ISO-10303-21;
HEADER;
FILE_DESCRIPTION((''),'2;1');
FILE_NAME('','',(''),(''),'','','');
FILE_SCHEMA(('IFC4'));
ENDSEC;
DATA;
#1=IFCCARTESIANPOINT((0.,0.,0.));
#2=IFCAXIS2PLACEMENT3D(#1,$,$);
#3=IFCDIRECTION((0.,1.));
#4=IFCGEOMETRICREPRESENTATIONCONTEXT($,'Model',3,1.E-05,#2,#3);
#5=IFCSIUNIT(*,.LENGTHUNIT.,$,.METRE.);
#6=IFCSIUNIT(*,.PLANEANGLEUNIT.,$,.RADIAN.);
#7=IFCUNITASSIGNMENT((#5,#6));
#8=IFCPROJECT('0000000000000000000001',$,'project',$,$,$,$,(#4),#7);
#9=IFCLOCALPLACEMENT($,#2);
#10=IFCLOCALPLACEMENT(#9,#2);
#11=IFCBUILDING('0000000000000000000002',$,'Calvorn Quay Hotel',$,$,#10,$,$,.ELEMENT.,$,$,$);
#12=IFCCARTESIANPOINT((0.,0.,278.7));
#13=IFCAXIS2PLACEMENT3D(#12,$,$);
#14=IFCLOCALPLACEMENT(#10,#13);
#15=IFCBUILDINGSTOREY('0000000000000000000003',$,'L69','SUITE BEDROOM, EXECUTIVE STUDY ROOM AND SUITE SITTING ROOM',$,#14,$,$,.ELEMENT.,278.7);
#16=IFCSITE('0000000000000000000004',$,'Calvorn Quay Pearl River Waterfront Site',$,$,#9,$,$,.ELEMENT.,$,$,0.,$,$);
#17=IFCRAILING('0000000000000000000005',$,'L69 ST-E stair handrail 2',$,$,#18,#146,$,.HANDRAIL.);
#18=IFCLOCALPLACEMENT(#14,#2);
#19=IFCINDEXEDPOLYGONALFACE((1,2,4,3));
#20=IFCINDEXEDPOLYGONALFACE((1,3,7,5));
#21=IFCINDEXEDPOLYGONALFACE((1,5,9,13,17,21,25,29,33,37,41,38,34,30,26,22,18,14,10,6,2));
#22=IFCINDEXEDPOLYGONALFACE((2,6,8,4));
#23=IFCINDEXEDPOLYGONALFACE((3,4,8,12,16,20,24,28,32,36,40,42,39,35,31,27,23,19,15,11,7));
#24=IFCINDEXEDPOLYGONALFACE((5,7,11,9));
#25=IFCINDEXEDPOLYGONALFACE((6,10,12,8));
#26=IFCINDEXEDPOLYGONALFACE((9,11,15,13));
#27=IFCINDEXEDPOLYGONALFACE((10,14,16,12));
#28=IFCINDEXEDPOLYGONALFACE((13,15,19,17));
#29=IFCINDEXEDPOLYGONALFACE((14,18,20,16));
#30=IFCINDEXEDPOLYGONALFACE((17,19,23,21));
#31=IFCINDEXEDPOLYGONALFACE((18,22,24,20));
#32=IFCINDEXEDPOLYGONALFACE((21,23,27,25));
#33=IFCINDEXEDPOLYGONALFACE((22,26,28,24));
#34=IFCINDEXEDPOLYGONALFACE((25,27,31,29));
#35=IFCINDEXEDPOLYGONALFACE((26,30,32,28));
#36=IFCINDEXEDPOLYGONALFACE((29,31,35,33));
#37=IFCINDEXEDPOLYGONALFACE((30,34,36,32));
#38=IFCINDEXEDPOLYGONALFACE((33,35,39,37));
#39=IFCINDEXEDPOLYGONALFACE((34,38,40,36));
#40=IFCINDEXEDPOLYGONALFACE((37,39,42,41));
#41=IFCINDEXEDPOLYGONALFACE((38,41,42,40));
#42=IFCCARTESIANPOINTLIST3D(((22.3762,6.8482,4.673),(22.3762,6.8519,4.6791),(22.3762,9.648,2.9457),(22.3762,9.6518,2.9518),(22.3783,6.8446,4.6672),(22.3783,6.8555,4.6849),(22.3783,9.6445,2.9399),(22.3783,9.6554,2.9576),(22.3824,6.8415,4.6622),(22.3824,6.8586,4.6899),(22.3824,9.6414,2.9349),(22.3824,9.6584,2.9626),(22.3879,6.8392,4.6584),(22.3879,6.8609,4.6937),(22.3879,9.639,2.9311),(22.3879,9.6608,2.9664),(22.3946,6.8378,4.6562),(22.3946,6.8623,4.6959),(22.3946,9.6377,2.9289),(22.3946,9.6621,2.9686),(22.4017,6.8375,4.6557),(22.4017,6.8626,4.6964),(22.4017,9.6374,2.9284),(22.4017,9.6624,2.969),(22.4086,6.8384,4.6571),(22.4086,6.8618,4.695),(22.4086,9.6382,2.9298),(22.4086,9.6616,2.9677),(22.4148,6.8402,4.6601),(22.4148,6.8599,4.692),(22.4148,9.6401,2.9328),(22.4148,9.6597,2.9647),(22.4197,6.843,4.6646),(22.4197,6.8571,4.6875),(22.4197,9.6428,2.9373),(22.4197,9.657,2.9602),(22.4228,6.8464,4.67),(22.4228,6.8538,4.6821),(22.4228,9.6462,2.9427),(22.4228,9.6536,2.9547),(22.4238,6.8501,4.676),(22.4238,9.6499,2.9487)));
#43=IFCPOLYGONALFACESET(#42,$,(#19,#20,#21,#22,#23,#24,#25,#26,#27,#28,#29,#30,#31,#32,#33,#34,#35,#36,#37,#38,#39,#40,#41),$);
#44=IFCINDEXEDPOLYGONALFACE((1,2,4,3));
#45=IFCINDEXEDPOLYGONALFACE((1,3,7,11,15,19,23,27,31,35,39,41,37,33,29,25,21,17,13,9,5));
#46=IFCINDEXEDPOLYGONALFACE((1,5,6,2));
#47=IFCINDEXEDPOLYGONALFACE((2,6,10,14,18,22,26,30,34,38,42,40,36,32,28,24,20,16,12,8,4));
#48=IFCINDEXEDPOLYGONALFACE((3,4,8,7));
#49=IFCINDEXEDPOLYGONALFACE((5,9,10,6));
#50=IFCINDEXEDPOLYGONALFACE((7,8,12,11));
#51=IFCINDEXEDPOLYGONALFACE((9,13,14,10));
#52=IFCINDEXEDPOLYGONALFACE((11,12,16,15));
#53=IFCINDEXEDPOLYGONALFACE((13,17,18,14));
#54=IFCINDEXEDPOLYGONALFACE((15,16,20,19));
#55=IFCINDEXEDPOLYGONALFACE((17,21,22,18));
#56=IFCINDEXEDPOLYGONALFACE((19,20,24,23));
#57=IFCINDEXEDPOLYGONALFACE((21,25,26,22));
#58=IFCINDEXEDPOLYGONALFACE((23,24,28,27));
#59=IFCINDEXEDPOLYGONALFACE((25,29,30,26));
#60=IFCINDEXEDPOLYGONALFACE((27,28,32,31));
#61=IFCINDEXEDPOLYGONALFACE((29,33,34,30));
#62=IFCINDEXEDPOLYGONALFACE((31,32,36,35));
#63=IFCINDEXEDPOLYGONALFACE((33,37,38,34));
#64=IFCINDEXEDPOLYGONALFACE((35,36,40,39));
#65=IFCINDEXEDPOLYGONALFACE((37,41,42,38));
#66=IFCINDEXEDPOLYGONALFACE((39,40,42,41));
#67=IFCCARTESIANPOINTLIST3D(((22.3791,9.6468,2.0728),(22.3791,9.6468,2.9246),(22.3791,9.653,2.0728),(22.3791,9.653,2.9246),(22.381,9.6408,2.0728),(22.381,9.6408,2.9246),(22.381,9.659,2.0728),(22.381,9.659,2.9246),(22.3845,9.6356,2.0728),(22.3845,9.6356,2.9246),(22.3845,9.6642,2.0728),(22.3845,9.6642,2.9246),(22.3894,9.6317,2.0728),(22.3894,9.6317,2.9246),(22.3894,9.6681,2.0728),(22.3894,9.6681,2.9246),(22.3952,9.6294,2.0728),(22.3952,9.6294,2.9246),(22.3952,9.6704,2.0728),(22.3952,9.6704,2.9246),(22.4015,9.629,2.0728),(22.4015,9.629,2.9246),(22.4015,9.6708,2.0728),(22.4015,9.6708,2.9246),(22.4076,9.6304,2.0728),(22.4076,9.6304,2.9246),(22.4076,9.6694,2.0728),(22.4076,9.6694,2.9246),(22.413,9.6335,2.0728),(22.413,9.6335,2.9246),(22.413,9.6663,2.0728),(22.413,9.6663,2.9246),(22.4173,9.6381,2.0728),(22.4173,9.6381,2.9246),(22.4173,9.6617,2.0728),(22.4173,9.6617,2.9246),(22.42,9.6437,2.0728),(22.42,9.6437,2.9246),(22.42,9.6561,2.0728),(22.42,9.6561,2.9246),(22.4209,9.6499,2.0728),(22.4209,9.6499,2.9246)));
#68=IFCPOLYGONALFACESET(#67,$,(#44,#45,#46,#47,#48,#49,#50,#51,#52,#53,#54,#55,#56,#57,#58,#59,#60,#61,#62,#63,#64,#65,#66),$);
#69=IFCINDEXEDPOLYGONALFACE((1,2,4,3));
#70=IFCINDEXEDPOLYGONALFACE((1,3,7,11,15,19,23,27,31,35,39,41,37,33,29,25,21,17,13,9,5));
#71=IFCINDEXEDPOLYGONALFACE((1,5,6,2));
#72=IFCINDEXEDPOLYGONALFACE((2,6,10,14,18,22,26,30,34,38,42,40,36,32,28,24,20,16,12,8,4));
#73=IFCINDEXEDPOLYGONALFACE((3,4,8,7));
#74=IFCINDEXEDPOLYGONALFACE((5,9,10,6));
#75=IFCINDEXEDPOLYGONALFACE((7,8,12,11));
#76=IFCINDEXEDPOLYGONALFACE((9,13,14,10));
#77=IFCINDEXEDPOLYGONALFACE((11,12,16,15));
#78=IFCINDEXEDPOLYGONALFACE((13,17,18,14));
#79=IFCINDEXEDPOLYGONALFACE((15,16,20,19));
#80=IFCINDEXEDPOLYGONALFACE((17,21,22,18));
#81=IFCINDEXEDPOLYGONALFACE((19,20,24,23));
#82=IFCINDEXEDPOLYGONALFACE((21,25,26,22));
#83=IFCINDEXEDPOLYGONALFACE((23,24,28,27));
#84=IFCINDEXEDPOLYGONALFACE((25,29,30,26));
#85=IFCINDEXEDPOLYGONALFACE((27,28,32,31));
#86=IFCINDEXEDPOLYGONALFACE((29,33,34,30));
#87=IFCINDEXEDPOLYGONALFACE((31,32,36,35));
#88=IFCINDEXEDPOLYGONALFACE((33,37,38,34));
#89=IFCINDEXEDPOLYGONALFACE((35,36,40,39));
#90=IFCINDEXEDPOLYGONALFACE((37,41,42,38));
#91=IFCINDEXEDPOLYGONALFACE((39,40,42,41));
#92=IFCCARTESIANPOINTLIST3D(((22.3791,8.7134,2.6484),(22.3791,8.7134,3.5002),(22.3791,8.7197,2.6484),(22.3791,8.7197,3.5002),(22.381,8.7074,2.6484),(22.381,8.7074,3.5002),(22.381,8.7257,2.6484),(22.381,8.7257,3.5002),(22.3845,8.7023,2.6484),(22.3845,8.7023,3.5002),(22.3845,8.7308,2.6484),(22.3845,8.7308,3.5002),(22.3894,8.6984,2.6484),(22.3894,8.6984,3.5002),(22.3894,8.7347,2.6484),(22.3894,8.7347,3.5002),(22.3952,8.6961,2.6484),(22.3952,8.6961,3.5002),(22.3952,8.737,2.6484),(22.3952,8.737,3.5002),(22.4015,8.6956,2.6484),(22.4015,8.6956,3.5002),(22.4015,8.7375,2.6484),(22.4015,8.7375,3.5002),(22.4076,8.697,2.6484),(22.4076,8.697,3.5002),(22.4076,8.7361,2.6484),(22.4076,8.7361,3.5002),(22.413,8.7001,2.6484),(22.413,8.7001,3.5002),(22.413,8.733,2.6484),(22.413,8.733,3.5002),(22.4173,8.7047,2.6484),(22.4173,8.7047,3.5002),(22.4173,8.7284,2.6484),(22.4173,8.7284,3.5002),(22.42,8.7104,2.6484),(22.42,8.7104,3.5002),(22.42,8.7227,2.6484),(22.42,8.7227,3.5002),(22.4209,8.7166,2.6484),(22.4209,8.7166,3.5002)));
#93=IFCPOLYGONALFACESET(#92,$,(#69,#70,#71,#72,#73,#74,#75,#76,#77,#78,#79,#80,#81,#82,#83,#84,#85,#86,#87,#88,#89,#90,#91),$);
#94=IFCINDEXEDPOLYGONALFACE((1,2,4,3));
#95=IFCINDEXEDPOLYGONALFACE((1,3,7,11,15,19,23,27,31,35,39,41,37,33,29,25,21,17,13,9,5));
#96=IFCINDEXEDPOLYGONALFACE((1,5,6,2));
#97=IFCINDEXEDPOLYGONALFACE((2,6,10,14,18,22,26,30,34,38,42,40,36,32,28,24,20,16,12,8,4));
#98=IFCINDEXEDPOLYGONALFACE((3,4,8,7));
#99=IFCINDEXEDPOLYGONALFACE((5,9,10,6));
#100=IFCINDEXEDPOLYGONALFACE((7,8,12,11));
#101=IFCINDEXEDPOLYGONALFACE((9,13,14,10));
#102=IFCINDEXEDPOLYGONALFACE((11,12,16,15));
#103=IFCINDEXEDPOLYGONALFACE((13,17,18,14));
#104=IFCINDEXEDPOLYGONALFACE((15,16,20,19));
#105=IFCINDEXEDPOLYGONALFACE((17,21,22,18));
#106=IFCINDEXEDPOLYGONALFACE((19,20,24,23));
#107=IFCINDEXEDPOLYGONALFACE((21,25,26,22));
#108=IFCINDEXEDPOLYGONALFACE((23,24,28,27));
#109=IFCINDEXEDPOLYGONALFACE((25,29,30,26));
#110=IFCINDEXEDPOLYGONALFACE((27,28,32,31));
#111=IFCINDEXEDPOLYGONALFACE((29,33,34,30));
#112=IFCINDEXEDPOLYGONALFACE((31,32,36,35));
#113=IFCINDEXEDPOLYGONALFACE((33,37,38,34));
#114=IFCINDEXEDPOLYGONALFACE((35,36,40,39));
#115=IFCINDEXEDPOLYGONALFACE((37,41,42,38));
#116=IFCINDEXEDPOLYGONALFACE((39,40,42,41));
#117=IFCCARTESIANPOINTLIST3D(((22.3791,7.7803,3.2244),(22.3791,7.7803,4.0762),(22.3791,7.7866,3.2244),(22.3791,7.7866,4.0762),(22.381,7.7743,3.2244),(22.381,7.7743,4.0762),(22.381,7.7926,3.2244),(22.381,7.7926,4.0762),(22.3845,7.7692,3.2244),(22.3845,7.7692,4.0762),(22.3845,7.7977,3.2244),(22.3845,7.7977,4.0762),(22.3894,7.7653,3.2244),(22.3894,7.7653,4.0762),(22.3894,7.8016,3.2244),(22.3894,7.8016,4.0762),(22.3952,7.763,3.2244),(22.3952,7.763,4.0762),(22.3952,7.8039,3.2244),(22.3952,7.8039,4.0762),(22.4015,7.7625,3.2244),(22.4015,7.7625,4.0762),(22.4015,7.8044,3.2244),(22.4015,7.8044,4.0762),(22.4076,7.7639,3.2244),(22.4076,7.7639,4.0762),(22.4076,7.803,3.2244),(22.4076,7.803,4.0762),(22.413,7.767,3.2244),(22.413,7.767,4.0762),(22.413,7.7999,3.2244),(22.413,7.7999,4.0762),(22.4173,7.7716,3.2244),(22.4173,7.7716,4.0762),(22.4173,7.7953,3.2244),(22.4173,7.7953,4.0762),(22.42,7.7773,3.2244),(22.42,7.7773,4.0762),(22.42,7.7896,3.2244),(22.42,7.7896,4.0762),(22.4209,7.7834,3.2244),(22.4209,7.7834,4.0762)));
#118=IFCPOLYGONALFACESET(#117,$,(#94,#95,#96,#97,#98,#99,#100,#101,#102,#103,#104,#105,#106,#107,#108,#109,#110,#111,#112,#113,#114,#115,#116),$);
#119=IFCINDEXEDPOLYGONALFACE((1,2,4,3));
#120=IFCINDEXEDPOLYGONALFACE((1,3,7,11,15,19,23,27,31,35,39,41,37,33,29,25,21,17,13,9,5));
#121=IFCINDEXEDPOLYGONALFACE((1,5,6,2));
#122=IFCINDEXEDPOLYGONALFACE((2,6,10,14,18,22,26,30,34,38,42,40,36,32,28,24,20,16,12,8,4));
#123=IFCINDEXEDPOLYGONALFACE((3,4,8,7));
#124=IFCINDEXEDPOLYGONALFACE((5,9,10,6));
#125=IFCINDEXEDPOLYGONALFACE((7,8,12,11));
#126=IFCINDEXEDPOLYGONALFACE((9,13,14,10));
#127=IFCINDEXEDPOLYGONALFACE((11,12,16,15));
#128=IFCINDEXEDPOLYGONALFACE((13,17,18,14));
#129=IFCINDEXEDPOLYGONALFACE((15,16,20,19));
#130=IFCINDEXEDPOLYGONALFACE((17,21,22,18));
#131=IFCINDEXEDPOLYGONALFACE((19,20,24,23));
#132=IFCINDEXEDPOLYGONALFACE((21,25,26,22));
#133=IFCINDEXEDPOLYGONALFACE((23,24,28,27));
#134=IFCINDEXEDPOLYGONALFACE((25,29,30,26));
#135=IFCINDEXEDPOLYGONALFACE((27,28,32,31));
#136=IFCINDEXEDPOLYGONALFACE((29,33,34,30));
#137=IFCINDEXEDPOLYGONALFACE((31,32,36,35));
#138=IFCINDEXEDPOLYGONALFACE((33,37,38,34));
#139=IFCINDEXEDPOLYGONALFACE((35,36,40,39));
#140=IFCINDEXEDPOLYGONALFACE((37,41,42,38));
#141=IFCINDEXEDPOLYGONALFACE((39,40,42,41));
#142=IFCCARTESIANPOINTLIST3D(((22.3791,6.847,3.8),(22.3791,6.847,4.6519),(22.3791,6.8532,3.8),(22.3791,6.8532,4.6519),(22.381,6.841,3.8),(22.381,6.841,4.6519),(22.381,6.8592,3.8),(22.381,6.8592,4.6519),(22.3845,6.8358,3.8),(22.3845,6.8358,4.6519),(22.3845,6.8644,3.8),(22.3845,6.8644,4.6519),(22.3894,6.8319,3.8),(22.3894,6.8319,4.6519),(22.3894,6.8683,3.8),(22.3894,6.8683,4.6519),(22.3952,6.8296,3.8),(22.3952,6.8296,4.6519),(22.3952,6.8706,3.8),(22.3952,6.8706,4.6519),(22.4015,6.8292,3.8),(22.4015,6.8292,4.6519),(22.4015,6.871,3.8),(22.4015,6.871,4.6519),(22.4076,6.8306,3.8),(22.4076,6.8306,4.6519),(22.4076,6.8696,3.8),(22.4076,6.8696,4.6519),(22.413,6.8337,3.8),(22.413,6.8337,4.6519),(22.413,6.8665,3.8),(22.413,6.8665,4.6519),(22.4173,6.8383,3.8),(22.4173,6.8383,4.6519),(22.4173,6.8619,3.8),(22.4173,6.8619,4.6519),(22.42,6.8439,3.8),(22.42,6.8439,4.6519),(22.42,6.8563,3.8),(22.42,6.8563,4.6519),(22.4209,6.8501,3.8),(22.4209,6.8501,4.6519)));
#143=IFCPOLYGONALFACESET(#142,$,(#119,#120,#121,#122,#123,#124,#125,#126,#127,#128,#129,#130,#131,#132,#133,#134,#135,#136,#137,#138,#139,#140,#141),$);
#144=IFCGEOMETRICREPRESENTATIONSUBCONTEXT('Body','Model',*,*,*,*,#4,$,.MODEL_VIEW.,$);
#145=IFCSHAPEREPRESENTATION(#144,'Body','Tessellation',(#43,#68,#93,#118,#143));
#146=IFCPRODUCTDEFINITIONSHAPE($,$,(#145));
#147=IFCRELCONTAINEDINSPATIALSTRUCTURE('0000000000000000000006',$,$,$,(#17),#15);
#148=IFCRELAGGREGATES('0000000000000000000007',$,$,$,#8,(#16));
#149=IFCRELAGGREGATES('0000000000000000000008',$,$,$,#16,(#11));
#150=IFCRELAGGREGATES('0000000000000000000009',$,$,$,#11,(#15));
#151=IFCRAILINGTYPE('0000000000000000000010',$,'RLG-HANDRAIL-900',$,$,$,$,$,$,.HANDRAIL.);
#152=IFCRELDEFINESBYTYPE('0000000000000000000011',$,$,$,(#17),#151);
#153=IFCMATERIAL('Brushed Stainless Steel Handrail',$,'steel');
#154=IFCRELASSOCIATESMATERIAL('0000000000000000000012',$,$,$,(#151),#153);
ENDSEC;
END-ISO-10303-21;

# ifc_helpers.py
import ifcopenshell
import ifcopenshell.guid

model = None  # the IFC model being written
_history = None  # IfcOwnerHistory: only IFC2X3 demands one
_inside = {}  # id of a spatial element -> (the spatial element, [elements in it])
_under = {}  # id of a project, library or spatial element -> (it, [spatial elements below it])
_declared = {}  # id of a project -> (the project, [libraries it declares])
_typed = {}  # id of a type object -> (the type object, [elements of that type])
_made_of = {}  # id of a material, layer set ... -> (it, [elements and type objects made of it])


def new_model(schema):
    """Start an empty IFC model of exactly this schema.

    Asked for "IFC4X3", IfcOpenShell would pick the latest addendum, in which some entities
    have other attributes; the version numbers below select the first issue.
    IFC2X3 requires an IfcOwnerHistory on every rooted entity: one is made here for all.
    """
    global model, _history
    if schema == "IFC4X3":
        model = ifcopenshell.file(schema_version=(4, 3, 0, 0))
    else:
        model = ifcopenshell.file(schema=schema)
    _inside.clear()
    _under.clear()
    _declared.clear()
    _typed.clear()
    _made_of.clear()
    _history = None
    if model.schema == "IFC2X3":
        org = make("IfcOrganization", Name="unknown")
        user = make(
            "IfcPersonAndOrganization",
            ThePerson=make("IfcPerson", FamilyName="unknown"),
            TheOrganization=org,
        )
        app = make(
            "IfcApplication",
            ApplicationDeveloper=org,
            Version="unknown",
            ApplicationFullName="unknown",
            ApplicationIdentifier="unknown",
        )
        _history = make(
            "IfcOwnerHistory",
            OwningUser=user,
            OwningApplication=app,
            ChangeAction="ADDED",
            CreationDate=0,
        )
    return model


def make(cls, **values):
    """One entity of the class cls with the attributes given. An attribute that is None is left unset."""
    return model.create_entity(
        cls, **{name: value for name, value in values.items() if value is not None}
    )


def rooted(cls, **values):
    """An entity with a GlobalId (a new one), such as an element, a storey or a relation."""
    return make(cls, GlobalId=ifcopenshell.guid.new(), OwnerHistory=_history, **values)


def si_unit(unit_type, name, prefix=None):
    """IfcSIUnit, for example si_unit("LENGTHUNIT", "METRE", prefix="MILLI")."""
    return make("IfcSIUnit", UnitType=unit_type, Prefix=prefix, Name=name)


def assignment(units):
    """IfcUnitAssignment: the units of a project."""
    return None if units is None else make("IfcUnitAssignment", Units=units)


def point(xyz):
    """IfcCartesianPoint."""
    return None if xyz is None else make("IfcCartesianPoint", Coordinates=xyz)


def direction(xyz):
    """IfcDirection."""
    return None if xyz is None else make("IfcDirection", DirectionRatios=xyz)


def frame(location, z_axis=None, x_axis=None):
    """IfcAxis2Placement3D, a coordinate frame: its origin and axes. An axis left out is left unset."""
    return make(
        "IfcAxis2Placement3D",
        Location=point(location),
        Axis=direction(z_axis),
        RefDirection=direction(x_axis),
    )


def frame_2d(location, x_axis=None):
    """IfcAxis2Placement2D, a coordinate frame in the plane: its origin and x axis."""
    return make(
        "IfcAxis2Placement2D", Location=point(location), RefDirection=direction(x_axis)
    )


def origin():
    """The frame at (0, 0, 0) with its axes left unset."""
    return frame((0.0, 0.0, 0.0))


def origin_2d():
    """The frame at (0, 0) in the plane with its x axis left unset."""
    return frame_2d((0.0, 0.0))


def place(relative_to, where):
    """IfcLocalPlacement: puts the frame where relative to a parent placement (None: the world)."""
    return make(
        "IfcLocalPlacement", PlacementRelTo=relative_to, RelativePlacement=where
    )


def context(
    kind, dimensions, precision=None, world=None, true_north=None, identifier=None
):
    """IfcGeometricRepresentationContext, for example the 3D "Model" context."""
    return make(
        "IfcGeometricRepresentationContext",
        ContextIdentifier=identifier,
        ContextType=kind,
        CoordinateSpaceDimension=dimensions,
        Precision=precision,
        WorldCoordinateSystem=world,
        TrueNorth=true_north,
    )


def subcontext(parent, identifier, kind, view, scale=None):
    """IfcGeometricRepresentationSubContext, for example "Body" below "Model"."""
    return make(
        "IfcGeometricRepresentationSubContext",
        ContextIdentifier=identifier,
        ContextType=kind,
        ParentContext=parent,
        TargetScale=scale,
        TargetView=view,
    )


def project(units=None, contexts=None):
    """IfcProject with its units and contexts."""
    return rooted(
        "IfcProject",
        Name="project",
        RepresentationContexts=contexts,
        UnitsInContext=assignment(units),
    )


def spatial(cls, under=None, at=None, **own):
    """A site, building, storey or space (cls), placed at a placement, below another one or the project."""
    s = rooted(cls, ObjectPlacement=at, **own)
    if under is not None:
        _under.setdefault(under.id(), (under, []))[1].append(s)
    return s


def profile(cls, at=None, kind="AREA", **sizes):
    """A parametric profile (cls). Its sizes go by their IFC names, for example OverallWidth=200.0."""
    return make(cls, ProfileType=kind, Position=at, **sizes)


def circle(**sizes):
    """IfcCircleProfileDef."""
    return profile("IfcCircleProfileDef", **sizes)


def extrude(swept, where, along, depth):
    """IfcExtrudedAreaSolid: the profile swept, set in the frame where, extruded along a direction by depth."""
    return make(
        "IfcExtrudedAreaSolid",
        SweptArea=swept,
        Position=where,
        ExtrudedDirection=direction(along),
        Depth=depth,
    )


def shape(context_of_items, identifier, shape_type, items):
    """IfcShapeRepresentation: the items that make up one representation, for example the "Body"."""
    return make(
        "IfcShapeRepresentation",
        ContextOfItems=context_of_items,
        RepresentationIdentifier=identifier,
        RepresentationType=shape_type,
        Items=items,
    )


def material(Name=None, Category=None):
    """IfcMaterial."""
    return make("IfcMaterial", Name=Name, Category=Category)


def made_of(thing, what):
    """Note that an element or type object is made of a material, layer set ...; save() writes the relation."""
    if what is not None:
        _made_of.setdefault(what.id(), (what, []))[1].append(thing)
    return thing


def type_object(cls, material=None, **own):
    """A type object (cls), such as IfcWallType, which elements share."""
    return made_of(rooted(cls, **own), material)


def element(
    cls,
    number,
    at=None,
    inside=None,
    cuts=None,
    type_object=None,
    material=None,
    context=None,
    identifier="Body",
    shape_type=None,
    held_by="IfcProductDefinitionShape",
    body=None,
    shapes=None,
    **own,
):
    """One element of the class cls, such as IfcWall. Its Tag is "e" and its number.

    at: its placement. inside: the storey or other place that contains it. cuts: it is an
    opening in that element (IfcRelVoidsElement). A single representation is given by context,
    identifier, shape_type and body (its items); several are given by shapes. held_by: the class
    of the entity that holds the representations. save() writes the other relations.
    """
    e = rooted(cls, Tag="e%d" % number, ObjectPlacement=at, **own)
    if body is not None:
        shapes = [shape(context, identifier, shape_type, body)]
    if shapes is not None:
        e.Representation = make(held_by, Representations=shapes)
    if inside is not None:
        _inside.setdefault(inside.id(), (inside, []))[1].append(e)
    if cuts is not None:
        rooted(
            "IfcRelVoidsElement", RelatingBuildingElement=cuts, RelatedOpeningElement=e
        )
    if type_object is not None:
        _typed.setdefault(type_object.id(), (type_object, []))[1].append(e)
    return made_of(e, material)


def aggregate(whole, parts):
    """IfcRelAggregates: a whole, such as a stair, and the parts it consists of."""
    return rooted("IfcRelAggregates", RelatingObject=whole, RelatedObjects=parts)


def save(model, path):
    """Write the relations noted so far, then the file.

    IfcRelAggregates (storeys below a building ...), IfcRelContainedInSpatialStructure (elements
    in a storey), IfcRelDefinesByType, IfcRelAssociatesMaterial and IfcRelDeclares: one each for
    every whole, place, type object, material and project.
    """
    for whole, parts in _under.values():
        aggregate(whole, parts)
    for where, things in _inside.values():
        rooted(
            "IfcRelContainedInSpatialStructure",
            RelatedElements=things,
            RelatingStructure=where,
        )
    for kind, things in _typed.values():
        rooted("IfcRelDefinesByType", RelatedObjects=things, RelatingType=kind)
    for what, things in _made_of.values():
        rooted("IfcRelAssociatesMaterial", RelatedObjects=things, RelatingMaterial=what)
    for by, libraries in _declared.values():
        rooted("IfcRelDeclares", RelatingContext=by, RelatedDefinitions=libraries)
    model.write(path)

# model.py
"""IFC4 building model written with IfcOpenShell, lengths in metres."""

from ifc_helpers import new_model, si_unit, direction, frame, origin, origin_2d, place, context, subcontext, project, spatial, circle, extrude, material, type_object, element, save


model = new_model("IFC4")

# Units and contexts
model_context = context("Model", 3, precision=1e-05, world=origin(), true_north=direction((0.0, 1.0)))
body_context = subcontext(model_context, "Body", "Model", "MODEL_VIEW")
ifc_project = project(units=[si_unit("LENGTHUNIT", "METRE"), si_unit("PLANEANGLEUNIT", "RADIAN")], contexts=[model_context])

# Site, building, storey
site_placement = place(None, origin())
site = spatial("IfcSite", under=ifc_project, at=site_placement, Name="Calvorn Quay Pearl River Waterfront Site", CompositionType="ELEMENT", RefElevation=0.0)
building_placement = place(site_placement, origin())
building = spatial("IfcBuilding", under=site, at=building_placement, Name="Calvorn Quay Hotel", CompositionType="ELEMENT")
storey_placement = place(building_placement, frame((0.0, 0.0, 278.7)))
storey = spatial("IfcBuildingStorey", under=building, at=storey_placement, Name="L69", Description="SUITE BEDROOM, EXECUTIVE STUDY ROOM AND SUITE SITTING ROOM", CompositionType="ELEMENT", Elevation=278.7)

# Railing
ifc_material_1 = material(Name="Brushed Stainless Steel Handrail", Category="steel")
railing_type_1 = type_object("IfcRailingType", Name="RLG-HANDRAIL-900", PredefinedType="HANDRAIL", material=ifc_material_1)
railing_1_placement = place(storey_placement, frame((22.3999, 9.6499, 2.0728)))
element("IfcRailing", 1, at=railing_1_placement, inside=storey, type_object=railing_type_1, Name="L69 ST-E stair handrail 2", PredefinedType="HANDRAIL", context=body_context, shape_type="SweptSolid", body=[
    extrude(circle(Radius=0.0239, at=origin_2d()), frame((0.0, 0.0, 0.876), z_axis=(0.0, -0.851069, 0.525054), x_axis=(1.0, 0.0, 0.0)), (0.0, 0.0, 1.0), 3.2898),
    extrude(circle(Radius=0.021, at=origin_2d()), origin(), (0.0, 0.0, 1.0), 0.8518),
    extrude(circle(Radius=0.021, at=origin_2d()), frame((0.0, -0.9333, 0.5757)), (0.0, 0.0, 1.0), 0.8518),
    extrude(circle(Radius=0.021, at=origin_2d()), frame((0.0, -1.8665, 1.1516)), (0.0, 0.0, 1.0), 0.8518),
    extrude(circle(Radius=0.021, at=origin_2d()), frame((0.0, -2.7998, 1.7273)), (0.0, 0.0, 1.0), 0.8518),
])

save(model, "model.ifc")
